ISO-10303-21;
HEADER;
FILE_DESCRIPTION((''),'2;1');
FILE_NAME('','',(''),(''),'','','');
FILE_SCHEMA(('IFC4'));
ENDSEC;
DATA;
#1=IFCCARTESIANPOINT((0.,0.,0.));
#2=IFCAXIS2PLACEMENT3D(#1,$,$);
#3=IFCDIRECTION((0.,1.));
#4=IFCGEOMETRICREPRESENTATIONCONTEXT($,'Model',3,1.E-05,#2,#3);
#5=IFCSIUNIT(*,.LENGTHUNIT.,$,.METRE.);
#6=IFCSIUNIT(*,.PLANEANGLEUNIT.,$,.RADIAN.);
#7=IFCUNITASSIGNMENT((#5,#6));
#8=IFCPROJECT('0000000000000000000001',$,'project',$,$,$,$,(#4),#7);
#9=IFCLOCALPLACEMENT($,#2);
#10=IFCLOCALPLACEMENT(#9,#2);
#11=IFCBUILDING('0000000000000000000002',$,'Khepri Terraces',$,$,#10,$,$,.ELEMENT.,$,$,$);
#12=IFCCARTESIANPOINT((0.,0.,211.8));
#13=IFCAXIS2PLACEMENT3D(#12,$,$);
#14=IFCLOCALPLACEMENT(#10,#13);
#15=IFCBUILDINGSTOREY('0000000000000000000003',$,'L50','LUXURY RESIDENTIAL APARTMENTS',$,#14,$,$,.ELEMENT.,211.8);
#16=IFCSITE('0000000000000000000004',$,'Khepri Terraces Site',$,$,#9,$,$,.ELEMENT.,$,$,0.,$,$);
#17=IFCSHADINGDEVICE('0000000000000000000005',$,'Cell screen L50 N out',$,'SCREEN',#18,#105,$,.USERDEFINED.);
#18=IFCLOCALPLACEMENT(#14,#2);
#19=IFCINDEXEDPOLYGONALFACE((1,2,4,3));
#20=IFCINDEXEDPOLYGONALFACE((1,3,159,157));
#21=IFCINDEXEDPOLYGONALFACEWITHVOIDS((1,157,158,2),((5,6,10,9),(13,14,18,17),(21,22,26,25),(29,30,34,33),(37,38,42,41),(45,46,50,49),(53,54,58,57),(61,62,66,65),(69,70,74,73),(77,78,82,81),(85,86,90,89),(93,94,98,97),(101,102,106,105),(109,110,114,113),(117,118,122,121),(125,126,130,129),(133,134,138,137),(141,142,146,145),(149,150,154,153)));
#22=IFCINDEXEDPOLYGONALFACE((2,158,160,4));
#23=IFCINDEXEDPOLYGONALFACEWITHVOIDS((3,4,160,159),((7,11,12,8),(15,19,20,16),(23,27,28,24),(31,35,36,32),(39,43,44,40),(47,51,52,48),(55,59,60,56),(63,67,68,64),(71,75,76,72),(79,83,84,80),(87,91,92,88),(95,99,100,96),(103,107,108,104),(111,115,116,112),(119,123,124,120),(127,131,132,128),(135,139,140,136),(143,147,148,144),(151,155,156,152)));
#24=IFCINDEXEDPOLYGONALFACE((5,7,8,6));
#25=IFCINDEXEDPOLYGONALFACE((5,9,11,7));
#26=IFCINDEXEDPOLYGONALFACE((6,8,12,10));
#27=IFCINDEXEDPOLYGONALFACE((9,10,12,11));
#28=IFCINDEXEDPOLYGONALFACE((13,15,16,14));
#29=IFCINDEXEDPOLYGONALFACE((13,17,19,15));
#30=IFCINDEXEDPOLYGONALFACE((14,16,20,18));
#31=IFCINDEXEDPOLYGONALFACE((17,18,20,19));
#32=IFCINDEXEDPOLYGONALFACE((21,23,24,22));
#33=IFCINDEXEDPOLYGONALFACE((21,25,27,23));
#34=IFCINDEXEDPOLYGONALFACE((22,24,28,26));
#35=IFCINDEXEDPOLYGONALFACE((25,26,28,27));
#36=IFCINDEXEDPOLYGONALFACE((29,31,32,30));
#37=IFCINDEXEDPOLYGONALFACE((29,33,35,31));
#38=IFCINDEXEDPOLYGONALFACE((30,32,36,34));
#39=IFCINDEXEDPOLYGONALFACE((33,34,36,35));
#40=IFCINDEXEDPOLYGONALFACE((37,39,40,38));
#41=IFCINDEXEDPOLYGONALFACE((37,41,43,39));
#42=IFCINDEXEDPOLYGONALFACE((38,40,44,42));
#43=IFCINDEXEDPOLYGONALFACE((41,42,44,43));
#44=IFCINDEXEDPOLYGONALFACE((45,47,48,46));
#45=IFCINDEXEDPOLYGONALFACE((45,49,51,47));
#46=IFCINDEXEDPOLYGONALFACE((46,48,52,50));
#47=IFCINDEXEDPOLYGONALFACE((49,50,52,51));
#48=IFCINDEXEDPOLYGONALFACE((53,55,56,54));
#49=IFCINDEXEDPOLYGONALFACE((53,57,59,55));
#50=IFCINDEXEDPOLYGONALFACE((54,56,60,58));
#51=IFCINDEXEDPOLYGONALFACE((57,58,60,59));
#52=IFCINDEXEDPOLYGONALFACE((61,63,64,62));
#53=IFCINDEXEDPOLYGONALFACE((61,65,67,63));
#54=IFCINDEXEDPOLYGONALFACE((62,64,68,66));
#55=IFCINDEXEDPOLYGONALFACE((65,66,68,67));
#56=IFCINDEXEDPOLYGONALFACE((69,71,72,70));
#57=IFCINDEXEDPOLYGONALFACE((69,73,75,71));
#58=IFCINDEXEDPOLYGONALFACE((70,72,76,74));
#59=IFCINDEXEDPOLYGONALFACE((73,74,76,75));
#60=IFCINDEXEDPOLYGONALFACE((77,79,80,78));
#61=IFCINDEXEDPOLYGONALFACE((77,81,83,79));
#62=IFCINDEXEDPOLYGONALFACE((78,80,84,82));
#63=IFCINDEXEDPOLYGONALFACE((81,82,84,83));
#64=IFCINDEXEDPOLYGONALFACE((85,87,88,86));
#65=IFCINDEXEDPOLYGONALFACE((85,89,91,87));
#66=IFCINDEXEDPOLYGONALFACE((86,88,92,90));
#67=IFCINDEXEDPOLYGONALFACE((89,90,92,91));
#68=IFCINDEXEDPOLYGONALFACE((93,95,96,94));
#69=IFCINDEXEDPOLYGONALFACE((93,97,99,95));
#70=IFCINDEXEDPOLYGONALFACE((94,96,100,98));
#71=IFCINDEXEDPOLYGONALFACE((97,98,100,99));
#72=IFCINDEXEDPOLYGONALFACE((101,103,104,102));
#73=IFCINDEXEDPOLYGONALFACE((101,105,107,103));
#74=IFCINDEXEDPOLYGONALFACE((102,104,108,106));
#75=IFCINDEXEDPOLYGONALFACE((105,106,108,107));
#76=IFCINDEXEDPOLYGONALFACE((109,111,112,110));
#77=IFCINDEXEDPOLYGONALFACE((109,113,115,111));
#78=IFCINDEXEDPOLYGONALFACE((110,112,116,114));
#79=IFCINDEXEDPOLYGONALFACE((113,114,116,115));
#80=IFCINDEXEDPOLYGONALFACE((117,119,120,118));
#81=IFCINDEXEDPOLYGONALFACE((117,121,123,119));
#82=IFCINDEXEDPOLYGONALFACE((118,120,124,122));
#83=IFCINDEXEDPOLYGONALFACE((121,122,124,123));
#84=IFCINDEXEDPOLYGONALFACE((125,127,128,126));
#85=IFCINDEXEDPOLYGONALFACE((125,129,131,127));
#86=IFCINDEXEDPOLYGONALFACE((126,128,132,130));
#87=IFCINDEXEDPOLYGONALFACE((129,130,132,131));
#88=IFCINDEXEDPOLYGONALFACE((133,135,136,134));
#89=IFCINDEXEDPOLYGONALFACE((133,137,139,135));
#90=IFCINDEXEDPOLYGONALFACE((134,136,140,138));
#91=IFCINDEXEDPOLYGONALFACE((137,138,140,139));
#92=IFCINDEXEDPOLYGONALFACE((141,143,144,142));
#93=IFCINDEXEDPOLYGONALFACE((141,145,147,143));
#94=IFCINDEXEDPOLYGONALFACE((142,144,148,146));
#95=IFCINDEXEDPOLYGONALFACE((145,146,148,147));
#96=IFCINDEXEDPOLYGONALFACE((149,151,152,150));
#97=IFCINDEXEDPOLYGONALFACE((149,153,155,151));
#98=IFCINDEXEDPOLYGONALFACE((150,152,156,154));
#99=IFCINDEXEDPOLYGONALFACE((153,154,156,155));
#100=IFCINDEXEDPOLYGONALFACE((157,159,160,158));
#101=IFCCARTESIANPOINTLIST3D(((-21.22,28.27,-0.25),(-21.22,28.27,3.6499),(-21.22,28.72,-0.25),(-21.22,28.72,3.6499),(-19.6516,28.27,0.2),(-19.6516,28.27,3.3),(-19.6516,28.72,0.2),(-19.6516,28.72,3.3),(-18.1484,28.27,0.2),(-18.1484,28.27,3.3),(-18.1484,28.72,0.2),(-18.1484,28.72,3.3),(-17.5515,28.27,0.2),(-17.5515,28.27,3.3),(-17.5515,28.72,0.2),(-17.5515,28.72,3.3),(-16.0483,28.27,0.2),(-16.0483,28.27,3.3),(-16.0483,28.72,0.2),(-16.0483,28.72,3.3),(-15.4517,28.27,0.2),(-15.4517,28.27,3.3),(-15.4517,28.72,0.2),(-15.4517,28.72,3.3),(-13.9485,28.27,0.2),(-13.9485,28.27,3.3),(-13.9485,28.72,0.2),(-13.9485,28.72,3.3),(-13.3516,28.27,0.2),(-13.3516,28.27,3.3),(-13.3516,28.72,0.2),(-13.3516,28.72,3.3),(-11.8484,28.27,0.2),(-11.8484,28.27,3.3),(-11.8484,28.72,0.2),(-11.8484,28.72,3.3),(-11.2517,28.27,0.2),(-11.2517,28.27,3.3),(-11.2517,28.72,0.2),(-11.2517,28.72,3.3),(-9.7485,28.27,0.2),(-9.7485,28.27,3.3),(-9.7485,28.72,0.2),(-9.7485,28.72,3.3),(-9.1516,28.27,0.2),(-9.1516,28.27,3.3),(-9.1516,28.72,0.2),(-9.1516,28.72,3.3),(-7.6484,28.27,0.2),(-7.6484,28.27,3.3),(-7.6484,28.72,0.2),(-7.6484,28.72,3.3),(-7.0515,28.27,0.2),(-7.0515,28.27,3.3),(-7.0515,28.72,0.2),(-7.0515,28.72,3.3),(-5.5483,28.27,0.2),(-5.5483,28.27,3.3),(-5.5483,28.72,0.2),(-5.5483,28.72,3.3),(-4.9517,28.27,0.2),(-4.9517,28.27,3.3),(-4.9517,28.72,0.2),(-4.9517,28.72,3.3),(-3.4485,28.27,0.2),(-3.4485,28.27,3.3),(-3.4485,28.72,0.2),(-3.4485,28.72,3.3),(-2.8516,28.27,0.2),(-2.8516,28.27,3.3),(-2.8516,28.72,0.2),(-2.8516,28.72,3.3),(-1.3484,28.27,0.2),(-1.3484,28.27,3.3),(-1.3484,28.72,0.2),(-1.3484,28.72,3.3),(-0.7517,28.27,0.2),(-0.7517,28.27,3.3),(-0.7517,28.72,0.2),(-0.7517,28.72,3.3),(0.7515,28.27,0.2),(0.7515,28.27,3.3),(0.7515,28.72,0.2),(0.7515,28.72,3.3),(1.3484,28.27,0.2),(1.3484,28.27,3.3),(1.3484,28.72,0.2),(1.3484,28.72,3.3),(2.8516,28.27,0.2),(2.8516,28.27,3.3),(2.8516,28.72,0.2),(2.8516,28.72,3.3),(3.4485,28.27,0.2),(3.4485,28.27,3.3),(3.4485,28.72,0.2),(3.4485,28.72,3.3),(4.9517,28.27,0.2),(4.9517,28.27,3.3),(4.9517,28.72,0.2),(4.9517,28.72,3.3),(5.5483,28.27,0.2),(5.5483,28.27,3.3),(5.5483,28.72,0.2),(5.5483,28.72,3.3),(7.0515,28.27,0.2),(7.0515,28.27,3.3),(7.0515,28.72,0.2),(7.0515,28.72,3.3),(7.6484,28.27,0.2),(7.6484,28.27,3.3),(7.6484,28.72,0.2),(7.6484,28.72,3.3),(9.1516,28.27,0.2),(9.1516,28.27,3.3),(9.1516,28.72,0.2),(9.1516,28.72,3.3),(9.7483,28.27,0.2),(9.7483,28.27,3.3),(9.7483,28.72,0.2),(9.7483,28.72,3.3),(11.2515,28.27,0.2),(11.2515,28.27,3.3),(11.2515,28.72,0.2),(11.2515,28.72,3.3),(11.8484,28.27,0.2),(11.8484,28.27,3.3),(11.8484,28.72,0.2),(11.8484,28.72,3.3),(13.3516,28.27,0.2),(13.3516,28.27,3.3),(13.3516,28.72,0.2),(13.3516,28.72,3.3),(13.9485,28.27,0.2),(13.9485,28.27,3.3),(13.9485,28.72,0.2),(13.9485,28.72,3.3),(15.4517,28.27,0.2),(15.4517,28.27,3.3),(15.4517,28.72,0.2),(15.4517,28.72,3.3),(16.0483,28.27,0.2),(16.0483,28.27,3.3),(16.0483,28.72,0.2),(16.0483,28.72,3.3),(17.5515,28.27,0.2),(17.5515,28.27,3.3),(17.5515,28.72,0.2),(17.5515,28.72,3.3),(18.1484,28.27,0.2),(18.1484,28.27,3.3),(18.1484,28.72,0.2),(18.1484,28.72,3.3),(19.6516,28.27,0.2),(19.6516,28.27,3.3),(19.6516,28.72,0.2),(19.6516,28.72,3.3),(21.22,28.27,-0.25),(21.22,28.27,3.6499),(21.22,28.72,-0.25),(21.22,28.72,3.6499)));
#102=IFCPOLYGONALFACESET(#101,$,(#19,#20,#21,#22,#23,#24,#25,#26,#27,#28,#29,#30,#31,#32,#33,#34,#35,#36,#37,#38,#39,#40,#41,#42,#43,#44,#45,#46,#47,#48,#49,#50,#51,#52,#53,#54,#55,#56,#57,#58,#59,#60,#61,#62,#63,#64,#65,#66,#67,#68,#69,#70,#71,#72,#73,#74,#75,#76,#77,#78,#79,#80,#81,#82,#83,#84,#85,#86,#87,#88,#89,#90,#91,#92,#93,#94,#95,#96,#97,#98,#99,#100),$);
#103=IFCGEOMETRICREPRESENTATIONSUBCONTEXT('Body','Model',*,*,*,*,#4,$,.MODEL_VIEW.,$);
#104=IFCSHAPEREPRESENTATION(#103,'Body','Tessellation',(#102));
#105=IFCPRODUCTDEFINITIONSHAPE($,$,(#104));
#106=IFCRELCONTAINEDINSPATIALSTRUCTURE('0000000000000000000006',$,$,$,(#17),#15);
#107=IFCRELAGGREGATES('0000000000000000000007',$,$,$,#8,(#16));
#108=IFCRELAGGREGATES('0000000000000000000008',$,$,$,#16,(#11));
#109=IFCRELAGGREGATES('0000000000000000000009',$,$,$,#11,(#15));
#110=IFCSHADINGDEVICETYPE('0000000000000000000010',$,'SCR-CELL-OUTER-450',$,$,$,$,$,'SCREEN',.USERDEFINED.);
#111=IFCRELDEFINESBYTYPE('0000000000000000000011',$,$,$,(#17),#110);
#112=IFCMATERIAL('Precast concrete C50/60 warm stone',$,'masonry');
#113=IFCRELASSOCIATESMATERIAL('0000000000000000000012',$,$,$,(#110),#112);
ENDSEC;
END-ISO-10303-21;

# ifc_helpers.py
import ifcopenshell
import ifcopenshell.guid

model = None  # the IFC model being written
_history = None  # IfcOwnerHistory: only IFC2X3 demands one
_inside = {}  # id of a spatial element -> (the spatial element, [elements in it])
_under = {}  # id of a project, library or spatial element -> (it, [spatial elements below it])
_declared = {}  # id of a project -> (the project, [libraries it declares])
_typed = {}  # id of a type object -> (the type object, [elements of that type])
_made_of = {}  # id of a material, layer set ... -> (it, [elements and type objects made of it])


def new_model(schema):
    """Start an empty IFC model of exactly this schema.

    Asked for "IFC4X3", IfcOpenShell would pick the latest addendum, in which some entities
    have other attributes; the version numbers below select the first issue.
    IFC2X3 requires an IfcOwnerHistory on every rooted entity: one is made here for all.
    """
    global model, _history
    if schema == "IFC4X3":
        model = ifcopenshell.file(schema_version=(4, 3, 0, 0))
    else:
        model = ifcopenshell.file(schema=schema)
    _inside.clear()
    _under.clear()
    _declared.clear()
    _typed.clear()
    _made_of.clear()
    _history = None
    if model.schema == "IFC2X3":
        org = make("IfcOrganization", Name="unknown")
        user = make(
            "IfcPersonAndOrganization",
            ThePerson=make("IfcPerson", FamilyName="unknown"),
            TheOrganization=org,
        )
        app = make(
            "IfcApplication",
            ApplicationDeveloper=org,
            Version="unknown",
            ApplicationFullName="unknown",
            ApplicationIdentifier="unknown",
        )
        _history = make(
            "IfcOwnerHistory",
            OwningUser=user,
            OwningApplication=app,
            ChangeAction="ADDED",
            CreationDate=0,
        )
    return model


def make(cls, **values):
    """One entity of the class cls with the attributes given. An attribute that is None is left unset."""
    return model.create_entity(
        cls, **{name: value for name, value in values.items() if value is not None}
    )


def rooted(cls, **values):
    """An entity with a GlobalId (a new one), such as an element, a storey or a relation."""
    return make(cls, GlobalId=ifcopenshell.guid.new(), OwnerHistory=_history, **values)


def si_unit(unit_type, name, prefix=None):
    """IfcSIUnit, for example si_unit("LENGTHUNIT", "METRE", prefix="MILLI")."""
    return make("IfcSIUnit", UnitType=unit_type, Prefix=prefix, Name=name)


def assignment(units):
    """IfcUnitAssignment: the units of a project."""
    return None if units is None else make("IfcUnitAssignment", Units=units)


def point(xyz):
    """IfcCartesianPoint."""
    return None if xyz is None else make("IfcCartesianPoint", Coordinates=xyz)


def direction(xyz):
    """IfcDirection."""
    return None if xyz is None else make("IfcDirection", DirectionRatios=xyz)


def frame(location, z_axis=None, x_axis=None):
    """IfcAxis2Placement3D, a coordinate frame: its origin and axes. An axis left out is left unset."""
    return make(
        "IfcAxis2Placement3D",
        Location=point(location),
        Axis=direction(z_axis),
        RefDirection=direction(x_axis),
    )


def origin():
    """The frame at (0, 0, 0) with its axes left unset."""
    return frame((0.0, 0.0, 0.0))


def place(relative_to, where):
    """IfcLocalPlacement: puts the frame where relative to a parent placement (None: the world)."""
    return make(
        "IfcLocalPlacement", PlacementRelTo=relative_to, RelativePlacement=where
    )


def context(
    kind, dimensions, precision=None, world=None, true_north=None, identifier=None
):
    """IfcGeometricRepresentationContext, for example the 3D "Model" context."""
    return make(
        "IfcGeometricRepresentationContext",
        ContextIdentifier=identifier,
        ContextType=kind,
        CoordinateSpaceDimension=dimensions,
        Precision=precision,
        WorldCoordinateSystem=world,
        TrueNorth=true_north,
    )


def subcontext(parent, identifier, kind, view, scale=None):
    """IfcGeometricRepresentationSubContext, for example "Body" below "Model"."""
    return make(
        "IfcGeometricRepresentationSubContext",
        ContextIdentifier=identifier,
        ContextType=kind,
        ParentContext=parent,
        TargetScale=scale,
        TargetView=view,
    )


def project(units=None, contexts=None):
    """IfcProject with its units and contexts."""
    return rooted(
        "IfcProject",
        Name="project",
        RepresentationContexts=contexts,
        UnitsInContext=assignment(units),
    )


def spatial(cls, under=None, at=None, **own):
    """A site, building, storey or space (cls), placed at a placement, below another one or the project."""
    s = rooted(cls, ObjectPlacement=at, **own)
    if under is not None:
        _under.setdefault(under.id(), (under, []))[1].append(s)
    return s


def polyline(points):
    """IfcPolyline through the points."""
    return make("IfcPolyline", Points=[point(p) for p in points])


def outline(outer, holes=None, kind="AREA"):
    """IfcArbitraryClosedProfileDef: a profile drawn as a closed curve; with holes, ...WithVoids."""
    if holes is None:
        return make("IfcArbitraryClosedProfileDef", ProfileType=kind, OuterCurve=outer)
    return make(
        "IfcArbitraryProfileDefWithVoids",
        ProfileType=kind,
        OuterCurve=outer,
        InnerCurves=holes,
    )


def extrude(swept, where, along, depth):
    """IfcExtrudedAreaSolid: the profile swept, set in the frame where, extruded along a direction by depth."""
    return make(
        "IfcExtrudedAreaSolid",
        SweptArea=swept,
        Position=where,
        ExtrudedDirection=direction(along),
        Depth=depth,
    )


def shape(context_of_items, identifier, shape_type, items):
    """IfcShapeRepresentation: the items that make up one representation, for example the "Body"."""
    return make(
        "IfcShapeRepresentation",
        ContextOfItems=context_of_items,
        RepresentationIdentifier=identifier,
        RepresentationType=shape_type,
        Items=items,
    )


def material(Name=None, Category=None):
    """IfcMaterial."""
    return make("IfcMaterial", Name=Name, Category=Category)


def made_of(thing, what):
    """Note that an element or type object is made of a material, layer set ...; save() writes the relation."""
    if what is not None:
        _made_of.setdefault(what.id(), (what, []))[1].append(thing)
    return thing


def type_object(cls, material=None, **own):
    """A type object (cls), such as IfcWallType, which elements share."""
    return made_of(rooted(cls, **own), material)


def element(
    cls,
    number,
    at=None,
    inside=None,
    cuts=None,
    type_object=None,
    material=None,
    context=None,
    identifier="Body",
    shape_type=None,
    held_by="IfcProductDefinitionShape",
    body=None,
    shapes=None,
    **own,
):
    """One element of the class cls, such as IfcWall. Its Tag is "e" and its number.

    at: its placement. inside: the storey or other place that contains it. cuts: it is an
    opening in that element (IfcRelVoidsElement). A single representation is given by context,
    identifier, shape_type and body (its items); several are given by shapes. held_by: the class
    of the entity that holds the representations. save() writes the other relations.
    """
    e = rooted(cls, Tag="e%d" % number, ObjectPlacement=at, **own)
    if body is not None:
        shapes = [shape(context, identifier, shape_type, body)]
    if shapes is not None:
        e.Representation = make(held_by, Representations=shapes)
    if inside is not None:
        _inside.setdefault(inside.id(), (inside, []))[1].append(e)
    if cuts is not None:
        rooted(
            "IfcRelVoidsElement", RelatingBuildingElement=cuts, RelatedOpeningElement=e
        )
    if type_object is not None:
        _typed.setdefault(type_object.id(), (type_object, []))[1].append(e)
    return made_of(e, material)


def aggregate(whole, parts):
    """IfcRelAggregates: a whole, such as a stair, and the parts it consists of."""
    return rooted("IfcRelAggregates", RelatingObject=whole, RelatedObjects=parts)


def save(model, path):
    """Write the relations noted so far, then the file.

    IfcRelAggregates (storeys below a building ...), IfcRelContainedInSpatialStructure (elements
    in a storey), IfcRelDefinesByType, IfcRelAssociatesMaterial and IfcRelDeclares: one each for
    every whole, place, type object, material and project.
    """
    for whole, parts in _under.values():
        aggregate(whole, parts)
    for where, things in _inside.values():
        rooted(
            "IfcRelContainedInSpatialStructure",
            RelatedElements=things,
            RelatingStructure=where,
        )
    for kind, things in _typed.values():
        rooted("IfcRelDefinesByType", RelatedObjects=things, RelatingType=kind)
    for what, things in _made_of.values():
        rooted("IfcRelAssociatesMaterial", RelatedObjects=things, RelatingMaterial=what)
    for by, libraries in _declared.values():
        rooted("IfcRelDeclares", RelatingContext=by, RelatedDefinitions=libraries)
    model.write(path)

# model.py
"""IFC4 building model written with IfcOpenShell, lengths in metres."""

from ifc_helpers import new_model, si_unit, direction, frame, origin, place, context, subcontext, project, spatial, polyline, outline, extrude, material, type_object, element, save


model = new_model("IFC4")

# Units and contexts
model_context = context("Model", 3, precision=1e-05, world=origin(), true_north=direction((0.0, 1.0)))
body_context = subcontext(model_context, "Body", "Model", "MODEL_VIEW")
ifc_project = project(units=[si_unit("LENGTHUNIT", "METRE"), si_unit("PLANEANGLEUNIT", "RADIAN")], contexts=[model_context])

# Site, building, storey
site_placement = place(None, origin())
site = spatial("IfcSite", under=ifc_project, at=site_placement, Name="Khepri Terraces Site", CompositionType="ELEMENT", RefElevation=0.0)
building_placement = place(site_placement, origin())
building = spatial("IfcBuilding", under=site, at=building_placement, Name="Khepri Terraces", CompositionType="ELEMENT")
storey_placement = place(building_placement, frame((0.0, 0.0, 211.8)))
storey = spatial("IfcBuildingStorey", under=building, at=storey_placement, Name="L50", Description="LUXURY RESIDENTIAL APARTMENTS", CompositionType="ELEMENT", Elevation=211.8)

# Shared definitions
ifc_material_1 = material(Name="Precast concrete C50/60 warm stone", Category="masonry")

# Shading device
shading_device_type_1 = type_object("IfcShadingDeviceType", Name="SCR-CELL-OUTER-450", ElementType="SCREEN", PredefinedType="USERDEFINED", material=ifc_material_1)
shading_device_1_placement = place(storey_placement, frame((21.22, 28.27, -0.25), z_axis=(0.0, 1.0, 0.0), x_axis=(-1.0, 0.0, 0.0)))
element("IfcShadingDevice", 1, at=shading_device_1_placement, inside=storey, type_object=shading_device_type_1, Name="Cell screen L50 N out", ObjectType="SCREEN", PredefinedType="USERDEFINED", context=body_context, shape_type="SweptSolid", body=[
    extrude(outline(polyline([(0.0, 0.0), (42.4399, 0.0), (42.4399, 3.8999), (0.0, 3.8999), (0.0, 0.0)]), holes=[polyline([(1.5684, 0.45), (3.0715, 0.45), (3.0715, 3.55), (1.5684, 3.55), (1.5684, 0.45)]), polyline([(3.6685, 0.45), (5.1716, 0.45), (5.1716, 3.55), (3.6685, 3.55), (3.6685, 0.45)]), polyline([(5.7683, 0.45), (7.2715, 0.45), (7.2715, 3.55), (5.7683, 3.55), (5.7683, 0.45)]), polyline([(7.8684, 0.45), (9.3716, 0.45), (9.3716, 3.55), (7.8684, 3.55), (7.8684, 0.45)]), polyline([(9.9685, 0.45), (11.4717, 0.45), (11.4717, 3.55), (9.9685, 3.55), (9.9685, 0.45)]), polyline([(12.0684, 0.45), (13.5715, 0.45), (13.5715, 3.55), (12.0684, 3.55), (12.0684, 0.45)]), polyline([(14.1685, 0.45), (15.6716, 0.45), (15.6716, 3.55), (14.1685, 3.55), (14.1685, 0.45)]), polyline([(16.2683, 0.45), (17.7715, 0.45), (17.7715, 3.55), (16.2683, 3.55), (16.2683, 0.45)]), polyline([(18.3684, 0.45), (19.8716, 0.45), (19.8716, 3.55), (18.3684, 3.55), (18.3684, 0.45)]), polyline([(20.4685, 0.45), (21.9717, 0.45), (21.9717, 3.55), (20.4685, 3.55), (20.4685, 0.45)]), polyline([(22.5684, 0.45), (24.0715, 0.45), (24.0715, 3.55), (22.5684, 3.55), (22.5684, 0.45)]), polyline([(24.6685, 0.45), (26.1716, 0.45), (26.1716, 3.55), (24.6685, 3.55), (24.6685, 0.45)]), polyline([(26.7683, 0.45), (28.2715, 0.45), (28.2715, 3.55), (26.7683, 3.55), (26.7683, 0.45)]), polyline([(28.8684, 0.45), (30.3716, 0.45), (30.3716, 3.55), (28.8684, 3.55), (28.8684, 0.45)]), polyline([(30.9685, 0.45), (32.4717, 0.45), (32.4717, 3.55), (30.9685, 3.55), (30.9685, 0.45)]), polyline([(33.0684, 0.45), (34.5715, 0.45), (34.5715, 3.55), (33.0684, 3.55), (33.0684, 0.45)]), polyline([(35.1685, 0.45), (36.6716, 0.45), (36.6716, 3.55), (35.1685, 3.55), (35.1685, 0.45)]), polyline([(37.2683, 0.45), (38.7715, 0.45), (38.7715, 3.55), (37.2683, 3.55), (37.2683, 0.45)]), polyline([(39.3684, 0.45), (40.8716, 0.45), (40.8716, 3.55), (39.3684, 3.55), (39.3684, 0.45)])]), origin(), (0.0, 0.0, 1.0), 0.45),
])

save(model, "model.ifc")
